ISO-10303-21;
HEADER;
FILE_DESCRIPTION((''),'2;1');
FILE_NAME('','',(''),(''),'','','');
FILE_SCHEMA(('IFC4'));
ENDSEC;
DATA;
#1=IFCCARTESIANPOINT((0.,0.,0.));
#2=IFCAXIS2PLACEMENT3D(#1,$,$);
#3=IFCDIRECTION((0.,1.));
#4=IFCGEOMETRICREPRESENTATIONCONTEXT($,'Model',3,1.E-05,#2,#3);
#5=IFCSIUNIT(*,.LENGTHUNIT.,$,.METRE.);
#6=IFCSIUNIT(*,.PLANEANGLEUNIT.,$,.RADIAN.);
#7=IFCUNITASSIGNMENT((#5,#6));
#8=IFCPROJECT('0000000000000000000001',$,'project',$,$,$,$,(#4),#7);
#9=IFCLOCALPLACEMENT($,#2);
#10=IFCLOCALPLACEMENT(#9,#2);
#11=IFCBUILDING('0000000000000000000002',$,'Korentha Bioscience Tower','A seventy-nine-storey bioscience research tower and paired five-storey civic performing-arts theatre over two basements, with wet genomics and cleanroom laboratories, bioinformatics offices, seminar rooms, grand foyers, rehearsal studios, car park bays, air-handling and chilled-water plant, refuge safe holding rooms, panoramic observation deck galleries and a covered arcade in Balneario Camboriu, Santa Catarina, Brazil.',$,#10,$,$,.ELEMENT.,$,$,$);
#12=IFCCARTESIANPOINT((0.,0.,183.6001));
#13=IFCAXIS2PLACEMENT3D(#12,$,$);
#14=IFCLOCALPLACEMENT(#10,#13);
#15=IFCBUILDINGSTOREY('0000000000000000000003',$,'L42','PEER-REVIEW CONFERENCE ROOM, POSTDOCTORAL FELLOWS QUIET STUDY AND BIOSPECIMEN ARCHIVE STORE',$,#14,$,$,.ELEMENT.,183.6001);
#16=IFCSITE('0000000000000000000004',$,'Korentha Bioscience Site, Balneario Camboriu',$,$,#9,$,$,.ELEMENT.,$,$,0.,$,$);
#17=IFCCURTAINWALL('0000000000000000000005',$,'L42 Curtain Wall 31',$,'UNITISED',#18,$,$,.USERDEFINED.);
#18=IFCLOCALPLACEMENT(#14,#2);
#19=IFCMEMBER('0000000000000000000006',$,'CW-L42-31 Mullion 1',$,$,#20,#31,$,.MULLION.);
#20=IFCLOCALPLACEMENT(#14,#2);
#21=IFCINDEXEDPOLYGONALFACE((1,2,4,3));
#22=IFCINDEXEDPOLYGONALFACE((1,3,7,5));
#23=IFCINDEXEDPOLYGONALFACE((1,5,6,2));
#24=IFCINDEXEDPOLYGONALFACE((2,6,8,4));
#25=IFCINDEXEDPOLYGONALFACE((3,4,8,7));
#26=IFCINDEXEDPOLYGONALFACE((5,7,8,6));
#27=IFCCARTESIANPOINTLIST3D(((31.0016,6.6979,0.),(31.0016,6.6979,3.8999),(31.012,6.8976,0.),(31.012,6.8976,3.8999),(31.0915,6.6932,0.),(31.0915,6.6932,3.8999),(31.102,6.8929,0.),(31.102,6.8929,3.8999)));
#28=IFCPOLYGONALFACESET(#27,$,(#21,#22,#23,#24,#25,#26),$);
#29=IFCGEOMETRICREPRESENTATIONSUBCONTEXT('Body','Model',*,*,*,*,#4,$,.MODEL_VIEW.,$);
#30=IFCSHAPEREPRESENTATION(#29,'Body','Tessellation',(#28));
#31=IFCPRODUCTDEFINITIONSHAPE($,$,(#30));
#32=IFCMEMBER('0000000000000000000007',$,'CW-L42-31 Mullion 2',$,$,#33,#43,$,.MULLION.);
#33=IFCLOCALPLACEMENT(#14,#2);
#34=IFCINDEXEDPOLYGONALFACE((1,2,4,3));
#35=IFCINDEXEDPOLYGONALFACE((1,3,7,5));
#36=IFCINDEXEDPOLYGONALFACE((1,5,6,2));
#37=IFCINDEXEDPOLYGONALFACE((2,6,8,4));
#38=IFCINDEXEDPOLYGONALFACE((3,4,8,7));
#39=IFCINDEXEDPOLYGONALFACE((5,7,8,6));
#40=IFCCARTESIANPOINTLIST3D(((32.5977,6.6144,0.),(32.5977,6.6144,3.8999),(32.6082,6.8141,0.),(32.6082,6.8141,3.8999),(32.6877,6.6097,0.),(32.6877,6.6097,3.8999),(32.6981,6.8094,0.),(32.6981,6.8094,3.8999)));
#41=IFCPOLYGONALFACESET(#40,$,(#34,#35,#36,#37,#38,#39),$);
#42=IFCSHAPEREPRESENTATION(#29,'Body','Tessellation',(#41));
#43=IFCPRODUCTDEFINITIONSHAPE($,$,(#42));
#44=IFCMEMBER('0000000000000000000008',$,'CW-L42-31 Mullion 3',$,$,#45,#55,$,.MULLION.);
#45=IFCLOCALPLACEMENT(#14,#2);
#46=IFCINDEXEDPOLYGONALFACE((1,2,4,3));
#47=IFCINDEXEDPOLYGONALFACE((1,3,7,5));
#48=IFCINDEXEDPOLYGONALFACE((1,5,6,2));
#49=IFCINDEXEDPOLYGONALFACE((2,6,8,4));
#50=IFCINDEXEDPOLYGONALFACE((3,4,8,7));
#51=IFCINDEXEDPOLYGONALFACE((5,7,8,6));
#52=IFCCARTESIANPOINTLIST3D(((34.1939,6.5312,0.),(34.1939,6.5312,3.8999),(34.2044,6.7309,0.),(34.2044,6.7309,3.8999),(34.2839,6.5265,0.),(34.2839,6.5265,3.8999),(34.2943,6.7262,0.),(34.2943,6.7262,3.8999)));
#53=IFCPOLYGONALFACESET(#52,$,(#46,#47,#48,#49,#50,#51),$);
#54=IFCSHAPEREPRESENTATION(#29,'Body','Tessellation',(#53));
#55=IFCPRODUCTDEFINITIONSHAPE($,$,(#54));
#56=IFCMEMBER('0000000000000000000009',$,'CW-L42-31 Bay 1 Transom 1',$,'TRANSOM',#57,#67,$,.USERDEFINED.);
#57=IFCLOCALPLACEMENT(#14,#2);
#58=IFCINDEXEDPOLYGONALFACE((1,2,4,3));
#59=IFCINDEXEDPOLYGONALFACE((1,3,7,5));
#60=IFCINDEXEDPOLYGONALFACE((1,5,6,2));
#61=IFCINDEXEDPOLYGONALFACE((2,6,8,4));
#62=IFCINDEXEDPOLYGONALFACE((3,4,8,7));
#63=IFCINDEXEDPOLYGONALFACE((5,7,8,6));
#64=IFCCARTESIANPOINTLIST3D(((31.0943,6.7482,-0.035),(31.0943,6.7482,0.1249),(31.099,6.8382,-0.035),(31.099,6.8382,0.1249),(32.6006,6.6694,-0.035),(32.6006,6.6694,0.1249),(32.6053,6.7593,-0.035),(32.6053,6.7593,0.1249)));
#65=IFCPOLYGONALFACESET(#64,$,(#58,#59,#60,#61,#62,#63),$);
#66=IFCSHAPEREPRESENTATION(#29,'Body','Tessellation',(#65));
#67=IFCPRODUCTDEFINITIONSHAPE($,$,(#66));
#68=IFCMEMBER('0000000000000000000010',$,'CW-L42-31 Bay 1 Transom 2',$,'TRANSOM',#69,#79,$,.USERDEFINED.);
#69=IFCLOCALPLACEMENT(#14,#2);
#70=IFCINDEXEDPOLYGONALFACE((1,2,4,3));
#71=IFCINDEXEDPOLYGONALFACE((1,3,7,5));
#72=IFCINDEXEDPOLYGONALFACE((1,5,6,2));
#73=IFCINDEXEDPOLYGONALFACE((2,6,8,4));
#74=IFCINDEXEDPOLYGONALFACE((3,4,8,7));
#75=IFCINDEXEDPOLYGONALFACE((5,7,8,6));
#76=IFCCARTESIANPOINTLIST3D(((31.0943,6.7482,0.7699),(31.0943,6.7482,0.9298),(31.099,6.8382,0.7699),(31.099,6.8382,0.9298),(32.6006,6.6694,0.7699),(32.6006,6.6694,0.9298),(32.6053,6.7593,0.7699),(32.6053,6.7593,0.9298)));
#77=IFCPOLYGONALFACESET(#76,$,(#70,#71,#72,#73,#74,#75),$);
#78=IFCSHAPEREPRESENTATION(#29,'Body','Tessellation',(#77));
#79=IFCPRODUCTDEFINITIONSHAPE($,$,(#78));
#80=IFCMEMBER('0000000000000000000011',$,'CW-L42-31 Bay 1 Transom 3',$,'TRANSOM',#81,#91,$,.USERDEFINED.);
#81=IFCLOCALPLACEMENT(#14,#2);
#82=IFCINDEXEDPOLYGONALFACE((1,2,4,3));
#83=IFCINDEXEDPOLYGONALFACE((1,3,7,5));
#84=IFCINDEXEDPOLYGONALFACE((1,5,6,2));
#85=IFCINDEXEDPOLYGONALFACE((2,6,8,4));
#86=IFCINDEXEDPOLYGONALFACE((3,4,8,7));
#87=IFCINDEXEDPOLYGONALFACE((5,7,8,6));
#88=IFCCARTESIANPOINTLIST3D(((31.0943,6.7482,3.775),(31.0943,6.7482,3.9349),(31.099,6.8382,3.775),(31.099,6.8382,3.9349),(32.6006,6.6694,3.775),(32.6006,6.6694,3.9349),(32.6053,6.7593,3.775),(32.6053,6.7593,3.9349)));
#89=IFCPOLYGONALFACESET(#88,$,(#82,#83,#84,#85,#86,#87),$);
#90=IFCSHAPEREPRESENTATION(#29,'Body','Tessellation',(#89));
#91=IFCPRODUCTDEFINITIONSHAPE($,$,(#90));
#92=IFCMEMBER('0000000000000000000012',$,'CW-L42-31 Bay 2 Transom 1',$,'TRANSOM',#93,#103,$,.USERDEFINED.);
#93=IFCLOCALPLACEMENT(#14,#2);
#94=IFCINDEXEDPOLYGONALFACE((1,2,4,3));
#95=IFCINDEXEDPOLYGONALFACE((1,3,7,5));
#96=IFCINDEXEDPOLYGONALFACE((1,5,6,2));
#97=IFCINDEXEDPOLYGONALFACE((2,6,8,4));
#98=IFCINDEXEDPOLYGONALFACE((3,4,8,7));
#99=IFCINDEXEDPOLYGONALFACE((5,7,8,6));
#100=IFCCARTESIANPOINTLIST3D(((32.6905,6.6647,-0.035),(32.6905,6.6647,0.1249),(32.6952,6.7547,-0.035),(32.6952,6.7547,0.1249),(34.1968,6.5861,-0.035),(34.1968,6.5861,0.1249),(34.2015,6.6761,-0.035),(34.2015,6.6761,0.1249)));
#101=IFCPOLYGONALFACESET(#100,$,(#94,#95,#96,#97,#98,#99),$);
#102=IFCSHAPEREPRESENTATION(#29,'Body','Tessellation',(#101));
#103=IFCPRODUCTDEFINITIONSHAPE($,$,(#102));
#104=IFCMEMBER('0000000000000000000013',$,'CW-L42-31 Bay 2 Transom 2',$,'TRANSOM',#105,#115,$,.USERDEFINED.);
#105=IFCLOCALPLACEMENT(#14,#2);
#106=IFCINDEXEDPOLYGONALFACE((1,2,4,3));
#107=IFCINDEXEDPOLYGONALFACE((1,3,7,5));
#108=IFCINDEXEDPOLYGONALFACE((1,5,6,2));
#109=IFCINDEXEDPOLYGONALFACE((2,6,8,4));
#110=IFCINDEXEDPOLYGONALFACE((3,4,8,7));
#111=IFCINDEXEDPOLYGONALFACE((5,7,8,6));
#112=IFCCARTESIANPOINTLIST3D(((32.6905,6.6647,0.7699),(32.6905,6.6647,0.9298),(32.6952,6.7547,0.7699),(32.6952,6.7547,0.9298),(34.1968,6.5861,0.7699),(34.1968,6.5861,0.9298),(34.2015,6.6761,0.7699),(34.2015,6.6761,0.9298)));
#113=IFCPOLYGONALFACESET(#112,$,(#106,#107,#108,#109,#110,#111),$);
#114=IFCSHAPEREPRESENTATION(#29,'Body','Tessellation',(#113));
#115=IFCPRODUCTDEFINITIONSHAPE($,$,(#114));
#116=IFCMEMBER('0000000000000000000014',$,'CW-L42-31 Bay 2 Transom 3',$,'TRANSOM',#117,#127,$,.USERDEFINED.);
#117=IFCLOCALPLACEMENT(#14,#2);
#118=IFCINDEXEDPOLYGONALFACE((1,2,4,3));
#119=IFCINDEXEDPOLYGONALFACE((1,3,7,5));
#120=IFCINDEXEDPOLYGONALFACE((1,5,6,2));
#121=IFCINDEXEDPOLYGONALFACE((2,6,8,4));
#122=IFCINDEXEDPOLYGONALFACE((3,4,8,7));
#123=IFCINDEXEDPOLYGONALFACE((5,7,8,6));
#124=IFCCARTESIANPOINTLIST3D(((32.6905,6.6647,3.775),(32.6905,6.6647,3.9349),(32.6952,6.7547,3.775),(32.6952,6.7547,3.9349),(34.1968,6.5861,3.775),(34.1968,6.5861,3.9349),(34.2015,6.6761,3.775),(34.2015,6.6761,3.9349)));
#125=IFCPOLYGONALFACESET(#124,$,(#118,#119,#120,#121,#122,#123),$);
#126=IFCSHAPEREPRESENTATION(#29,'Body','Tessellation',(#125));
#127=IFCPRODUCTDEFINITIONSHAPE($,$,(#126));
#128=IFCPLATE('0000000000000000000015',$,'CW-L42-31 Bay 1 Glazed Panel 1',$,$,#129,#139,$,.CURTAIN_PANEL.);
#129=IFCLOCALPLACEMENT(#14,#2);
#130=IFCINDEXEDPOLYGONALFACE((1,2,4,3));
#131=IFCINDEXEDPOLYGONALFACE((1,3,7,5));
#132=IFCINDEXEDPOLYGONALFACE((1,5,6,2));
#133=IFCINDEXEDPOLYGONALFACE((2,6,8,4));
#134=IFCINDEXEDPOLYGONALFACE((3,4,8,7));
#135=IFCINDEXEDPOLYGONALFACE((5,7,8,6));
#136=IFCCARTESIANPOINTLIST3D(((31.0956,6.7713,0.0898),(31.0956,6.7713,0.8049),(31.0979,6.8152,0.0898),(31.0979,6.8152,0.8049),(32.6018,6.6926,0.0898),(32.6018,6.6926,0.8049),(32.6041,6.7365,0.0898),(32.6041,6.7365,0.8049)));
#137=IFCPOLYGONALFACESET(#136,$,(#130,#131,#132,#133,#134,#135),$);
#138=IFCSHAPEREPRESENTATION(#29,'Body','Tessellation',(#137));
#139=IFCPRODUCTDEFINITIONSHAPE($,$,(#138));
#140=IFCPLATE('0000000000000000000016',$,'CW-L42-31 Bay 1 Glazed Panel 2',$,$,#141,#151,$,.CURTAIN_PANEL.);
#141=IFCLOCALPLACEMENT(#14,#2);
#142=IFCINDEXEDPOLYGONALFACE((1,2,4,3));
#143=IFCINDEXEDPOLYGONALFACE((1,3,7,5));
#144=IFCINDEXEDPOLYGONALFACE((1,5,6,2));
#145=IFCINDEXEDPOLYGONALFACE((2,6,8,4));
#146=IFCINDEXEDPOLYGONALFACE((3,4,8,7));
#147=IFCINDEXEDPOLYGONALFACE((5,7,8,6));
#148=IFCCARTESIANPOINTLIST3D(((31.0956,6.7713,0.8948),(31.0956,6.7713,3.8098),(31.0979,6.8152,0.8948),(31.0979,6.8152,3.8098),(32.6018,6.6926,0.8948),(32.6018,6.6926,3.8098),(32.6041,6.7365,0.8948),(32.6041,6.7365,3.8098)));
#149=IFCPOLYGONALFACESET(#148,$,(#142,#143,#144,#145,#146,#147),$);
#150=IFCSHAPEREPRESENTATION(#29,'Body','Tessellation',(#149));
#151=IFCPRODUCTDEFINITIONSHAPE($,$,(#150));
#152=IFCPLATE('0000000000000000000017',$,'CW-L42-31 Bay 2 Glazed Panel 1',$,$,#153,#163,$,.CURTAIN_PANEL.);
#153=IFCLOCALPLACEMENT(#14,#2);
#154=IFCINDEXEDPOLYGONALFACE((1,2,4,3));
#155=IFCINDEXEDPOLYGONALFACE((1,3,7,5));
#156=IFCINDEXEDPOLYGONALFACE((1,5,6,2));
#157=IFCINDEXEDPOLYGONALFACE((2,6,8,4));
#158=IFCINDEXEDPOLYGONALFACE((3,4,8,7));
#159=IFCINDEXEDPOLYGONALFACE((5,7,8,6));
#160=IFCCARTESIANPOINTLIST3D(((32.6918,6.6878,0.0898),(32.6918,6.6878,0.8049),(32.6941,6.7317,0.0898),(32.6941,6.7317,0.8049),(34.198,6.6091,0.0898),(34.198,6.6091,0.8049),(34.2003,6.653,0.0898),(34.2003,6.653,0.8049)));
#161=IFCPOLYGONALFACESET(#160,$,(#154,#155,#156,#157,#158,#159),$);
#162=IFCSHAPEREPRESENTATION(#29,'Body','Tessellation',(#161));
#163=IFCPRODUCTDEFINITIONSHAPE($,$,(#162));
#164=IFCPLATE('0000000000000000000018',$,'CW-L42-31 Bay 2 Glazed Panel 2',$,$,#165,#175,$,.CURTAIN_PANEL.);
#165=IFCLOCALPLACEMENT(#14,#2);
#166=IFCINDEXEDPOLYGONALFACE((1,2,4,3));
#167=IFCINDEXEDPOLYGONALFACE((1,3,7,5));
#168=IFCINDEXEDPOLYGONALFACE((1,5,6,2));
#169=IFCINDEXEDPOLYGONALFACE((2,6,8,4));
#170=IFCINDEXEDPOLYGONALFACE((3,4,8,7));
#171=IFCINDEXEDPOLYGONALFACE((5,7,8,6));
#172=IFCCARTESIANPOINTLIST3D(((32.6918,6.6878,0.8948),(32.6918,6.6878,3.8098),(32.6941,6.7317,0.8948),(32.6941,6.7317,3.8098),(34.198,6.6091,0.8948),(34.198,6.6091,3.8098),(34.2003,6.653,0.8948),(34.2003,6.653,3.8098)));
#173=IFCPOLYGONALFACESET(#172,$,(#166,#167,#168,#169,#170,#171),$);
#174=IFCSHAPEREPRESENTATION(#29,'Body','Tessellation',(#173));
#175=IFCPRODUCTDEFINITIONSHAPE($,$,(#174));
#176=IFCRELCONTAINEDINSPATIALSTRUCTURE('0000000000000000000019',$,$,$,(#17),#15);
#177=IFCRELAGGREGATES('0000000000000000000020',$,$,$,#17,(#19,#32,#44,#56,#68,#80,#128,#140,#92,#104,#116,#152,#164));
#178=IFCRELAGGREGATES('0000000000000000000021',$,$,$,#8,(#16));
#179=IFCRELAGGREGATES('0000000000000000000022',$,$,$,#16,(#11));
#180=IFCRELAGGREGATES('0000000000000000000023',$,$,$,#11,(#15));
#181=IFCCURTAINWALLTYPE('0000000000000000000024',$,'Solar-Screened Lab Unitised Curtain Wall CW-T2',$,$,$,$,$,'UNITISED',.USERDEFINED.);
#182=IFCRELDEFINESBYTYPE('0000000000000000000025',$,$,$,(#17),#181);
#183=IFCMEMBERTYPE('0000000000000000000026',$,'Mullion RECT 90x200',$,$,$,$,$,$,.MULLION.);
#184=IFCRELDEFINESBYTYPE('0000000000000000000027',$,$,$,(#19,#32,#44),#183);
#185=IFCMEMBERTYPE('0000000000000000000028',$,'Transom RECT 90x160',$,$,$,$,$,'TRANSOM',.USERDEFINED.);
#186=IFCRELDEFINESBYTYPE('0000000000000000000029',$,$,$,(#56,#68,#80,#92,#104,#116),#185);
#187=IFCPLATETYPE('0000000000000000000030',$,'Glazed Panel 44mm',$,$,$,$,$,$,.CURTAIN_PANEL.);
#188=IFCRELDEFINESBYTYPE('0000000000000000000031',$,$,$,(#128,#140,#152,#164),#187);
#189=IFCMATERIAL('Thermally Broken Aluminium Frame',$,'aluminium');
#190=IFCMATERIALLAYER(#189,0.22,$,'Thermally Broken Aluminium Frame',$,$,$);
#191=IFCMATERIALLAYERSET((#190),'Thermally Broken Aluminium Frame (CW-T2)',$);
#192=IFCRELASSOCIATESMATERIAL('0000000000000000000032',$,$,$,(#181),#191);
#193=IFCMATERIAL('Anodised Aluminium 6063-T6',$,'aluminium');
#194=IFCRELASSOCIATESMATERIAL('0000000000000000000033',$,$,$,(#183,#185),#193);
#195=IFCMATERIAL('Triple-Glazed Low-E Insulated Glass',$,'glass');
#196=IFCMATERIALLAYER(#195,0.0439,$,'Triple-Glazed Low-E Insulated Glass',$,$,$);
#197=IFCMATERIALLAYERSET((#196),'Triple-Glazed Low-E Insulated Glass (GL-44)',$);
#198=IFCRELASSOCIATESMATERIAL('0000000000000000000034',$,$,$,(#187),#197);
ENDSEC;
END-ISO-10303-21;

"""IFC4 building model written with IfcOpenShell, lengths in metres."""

from ifc_helpers import new_model, si_unit, direction, frame, origin, origin_2d, place, context, subcontext, project, spatial, rectangle, extrude, material, layer, layer_set, material_profile, profile_set, type_object, element, aggregate, save


model = new_model("IFC4")

# Units and contexts
model_context = context("Model", 3, precision=1e-05, world=origin(), true_north=direction((0.0, 1.0)))
body_context = subcontext(model_context, "Body", "Model", "MODEL_VIEW")
ifc_project = project(units=[si_unit("LENGTHUNIT", "METRE"), si_unit("PLANEANGLEUNIT", "RADIAN")], contexts=[model_context])

# Site, building, storey
site_placement = place(None, origin())
site = spatial("IfcSite", under=ifc_project, at=site_placement, Name="Korentha Bioscience Site, Balneario Camboriu", CompositionType="ELEMENT", RefElevation=0.0)
building_placement = place(site_placement, origin())
building = spatial("IfcBuilding", under=site, at=building_placement, Name="Korentha Bioscience Tower", Description="A seventy-nine-storey bioscience research tower and paired five-storey civic performing-arts theatre over two basements, with wet genomics and cleanroom laboratories, bioinformatics offices, seminar rooms, grand foyers, rehearsal studios, car park bays, air-handling and chilled-water plant, refuge safe holding rooms, panoramic observation deck galleries and a covered arcade in Balneario Camboriu, Santa Catarina, Brazil.", CompositionType="ELEMENT")
storey_placement = place(building_placement, frame((0.0, 0.0, 183.6001)))
storey = spatial("IfcBuildingStorey", under=building, at=storey_placement, Name="L42", Description="PEER-REVIEW CONFERENCE ROOM, POSTDOCTORAL FELLOWS QUIET STUDY AND BIOSPECIMEN ARCHIVE STORE", CompositionType="ELEMENT", Elevation=183.6001)

# Curtain wall, members, plates
ifc_material_1 = material(Name="Thermally Broken Aluminium Frame", Category="aluminium")
ifc_layer_1 = layer(ifc_material_1, 0.22, Name="Thermally Broken Aluminium Frame")
ifc_layer_set_1 = layer_set([ifc_layer_1], Name="Thermally Broken Aluminium Frame (CW-T2)")
curtain_wall_type = type_object("IfcCurtainWallType", Name="Solar-Screened Lab Unitised Curtain Wall CW-T2", ElementType="UNITISED", PredefinedType="USERDEFINED", material=ifc_layer_set_1)
curtain_wall_placement = place(storey_placement, origin())
curtain_wall = element("IfcCurtainWall", 1, at=curtain_wall_placement, inside=storey, type_object=curtain_wall_type, Name="L42 Curtain Wall 31", ObjectType="UNITISED", PredefinedType="USERDEFINED")
ifc_material_2 = material(Name="Anodised Aluminium 6063-T6", Category="aluminium")
ifc_material_profile_1 = material_profile(ifc_material_2, rectangle(XDim=0.0901, YDim=0.2, at=origin_2d()), Name="Anodised Aluminium 6063-T6")
ifc_profile_set_1 = profile_set([ifc_material_profile_1], Name="Anodised Aluminium 6063-T6 (CW-MUL)")
member_type_1 = type_object("IfcMemberType", Name="Mullion RECT 90x200", PredefinedType="MULLION", material=ifc_profile_set_1)
member_1_placement = place(storey_placement, frame((31.0518, 6.7954, 0.0), z_axis=(0.0, 0.0, 1.0), x_axis=(0.998638, -0.05218, 0.0)))
member_1 = element("IfcMember", 2, at=member_1_placement, type_object=member_type_1, Name="CW-L42-31 Mullion 1", PredefinedType="MULLION", context=body_context, shape_type="SweptSolid", body=[
    extrude(rectangle(XDim=0.0901, YDim=0.2, at=origin_2d()), origin(), (0.0, 0.0, 1.0), 3.8999),
])
member_2_placement = place(storey_placement, frame((32.6479, 6.7119, 0.0), z_axis=(0.0, 0.0, 1.0), x_axis=(0.998638, -0.05218, 0.0)))
member_2 = element("IfcMember", 3, at=member_2_placement, type_object=member_type_1, Name="CW-L42-31 Mullion 2", PredefinedType="MULLION", context=body_context, shape_type="SweptSolid", body=[
    extrude(rectangle(XDim=0.0901, YDim=0.2, at=origin_2d()), origin(), (0.0, 0.0, 1.0), 3.8999),
])
member_3_placement = place(storey_placement, frame((34.2441, 6.6287, 0.0), z_axis=(0.0, 0.0, 1.0), x_axis=(0.998638, -0.05218, 0.0)))
member_3 = element("IfcMember", 4, at=member_3_placement, type_object=member_type_1, Name="CW-L42-31 Mullion 3", PredefinedType="MULLION", context=body_context, shape_type="SweptSolid", body=[
    extrude(rectangle(XDim=0.0901, YDim=0.2, at=origin_2d()), origin(), (0.0, 0.0, 1.0), 3.8999),
])
ifc_material_profile_2 = material_profile(ifc_material_2, rectangle(XDim=0.0901, YDim=0.1599, at=origin_2d()), Name="Anodised Aluminium 6063-T6")
ifc_profile_set_2 = profile_set([ifc_material_profile_2], Name="Anodised Aluminium 6063-T6 (CW-TRN)")
member_type_2 = type_object("IfcMemberType", Name="Transom RECT 90x160", ElementType="TRANSOM", PredefinedType="USERDEFINED", material=ifc_profile_set_2)
member_4_placement = place(storey_placement, frame((31.0967, 6.7932, 0.0449), z_axis=(0.998633, -0.052278, 0.0), x_axis=(0.052278, 0.998633, 0.0)))
member_4 = element("IfcMember", 5, at=member_4_placement, type_object=member_type_2, Name="CW-L42-31 Bay 1 Transom 1", ObjectType="TRANSOM", PredefinedType="USERDEFINED", context=body_context, shape_type="SweptSolid", body=[
    extrude(rectangle(XDim=0.0901, YDim=0.1599, at=origin_2d()), origin(), (0.0, 0.0, 1.0), 1.5083),
])
member_5_placement = place(storey_placement, frame((31.0967, 6.7932, 0.8499), z_axis=(0.998633, -0.052278, 0.0), x_axis=(0.052278, 0.998633, 0.0)))
member_5 = element("IfcMember", 6, at=member_5_placement, type_object=member_type_2, Name="CW-L42-31 Bay 1 Transom 2", ObjectType="TRANSOM", PredefinedType="USERDEFINED", context=body_context, shape_type="SweptSolid", body=[
    extrude(rectangle(XDim=0.0901, YDim=0.1599, at=origin_2d()), origin(), (0.0, 0.0, 1.0), 1.5083),
])
member_6_placement = place(storey_placement, frame((31.0967, 6.7932, 3.855), z_axis=(0.998633, -0.052278, 0.0), x_axis=(0.052278, 0.998633, 0.0)))
member_6 = element("IfcMember", 7, at=member_6_placement, type_object=member_type_2, Name="CW-L42-31 Bay 1 Transom 3", ObjectType="TRANSOM", PredefinedType="USERDEFINED", context=body_context, shape_type="SweptSolid", body=[
    extrude(rectangle(XDim=0.0901, YDim=0.1599, at=origin_2d()), origin(), (0.0, 0.0, 1.0), 1.5083),
])
member_7_placement = place(storey_placement, frame((32.6929, 6.7097, 0.0449), z_axis=(0.998641, -0.052117, 0.0), x_axis=(0.052117, 0.998641, 0.0)))
member_7 = element("IfcMember", 8, at=member_7_placement, type_object=member_type_2, Name="CW-L42-31 Bay 2 Transom 1", ObjectType="TRANSOM", PredefinedType="USERDEFINED", context=body_context, shape_type="SweptSolid", body=[
    extrude(rectangle(XDim=0.0901, YDim=0.1599, at=origin_2d()), origin(), (0.0, 0.0, 1.0), 1.5083),
])
member_8_placement = place(storey_placement, frame((32.6929, 6.7097, 0.8499), z_axis=(0.998641, -0.052117, 0.0), x_axis=(0.052117, 0.998641, 0.0)))
member_8 = element("IfcMember", 9, at=member_8_placement, type_object=member_type_2, Name="CW-L42-31 Bay 2 Transom 2", ObjectType="TRANSOM", PredefinedType="USERDEFINED", context=body_context, shape_type="SweptSolid", body=[
    extrude(rectangle(XDim=0.0901, YDim=0.1599, at=origin_2d()), origin(), (0.0, 0.0, 1.0), 1.5083),
])
member_9_placement = place(storey_placement, frame((32.6929, 6.7097, 3.855), z_axis=(0.998641, -0.052117, 0.0), x_axis=(0.052117, 0.998641, 0.0)))
member_9 = element("IfcMember", 10, at=member_9_placement, type_object=member_type_2, Name="CW-L42-31 Bay 2 Transom 3", ObjectType="TRANSOM", PredefinedType="USERDEFINED", context=body_context, shape_type="SweptSolid", body=[
    extrude(rectangle(XDim=0.0901, YDim=0.1599, at=origin_2d()), origin(), (0.0, 0.0, 1.0), 1.5083),
])
ifc_material_3 = material(Name="Triple-Glazed Low-E Insulated Glass", Category="glass")
ifc_layer_2 = layer(ifc_material_3, 0.0439, Name="Triple-Glazed Low-E Insulated Glass")
ifc_layer_set_2 = layer_set([ifc_layer_2], Name="Triple-Glazed Low-E Insulated Glass (GL-44)")
plate_type = type_object("IfcPlateType", Name="Glazed Panel 44mm", PredefinedType="CURTAIN_PANEL", material=ifc_layer_set_2)
plate_1_placement = place(storey_placement, frame((31.8499, 6.7539, 0.0898), z_axis=(0.0, 0.0, 1.0), x_axis=(0.998638, -0.05218, 0.0)))
plate_1 = element("IfcPlate", 11, at=plate_1_placement, type_object=plate_type, Name="CW-L42-31 Bay 1 Glazed Panel 1", PredefinedType="CURTAIN_PANEL", context=body_context, shape_type="SweptSolid", body=[
    extrude(rectangle(XDim=1.5083, YDim=0.0439, at=origin_2d()), origin(), (0.0, 0.0, 1.0), 0.7151),
])
plate_2_placement = place(storey_placement, frame((31.8499, 6.7539, 0.8948), z_axis=(0.0, 0.0, 1.0), x_axis=(0.998638, -0.05218, 0.0)))
plate_2 = element("IfcPlate", 12, at=plate_2_placement, type_object=plate_type, Name="CW-L42-31 Bay 1 Glazed Panel 2", PredefinedType="CURTAIN_PANEL", context=body_context, shape_type="SweptSolid", body=[
    extrude(rectangle(XDim=1.5083, YDim=0.0439, at=origin_2d()), origin(), (0.0, 0.0, 1.0), 2.915),
])
plate_3_placement = place(storey_placement, frame((33.446, 6.6704, 0.0898), z_axis=(0.0, 0.0, 1.0), x_axis=(0.998638, -0.05218, 0.0)))
plate_3 = element("IfcPlate", 13, at=plate_3_placement, type_object=plate_type, Name="CW-L42-31 Bay 2 Glazed Panel 1", PredefinedType="CURTAIN_PANEL", context=body_context, shape_type="SweptSolid", body=[
    extrude(rectangle(XDim=1.5083, YDim=0.0439, at=origin_2d()), origin(), (0.0, 0.0, 1.0), 0.7151),
])
plate_4_placement = place(storey_placement, frame((33.446, 6.6704, 0.8948), z_axis=(0.0, 0.0, 1.0), x_axis=(0.998638, -0.05218, 0.0)))
plate_4 = element("IfcPlate", 14, at=plate_4_placement, type_object=plate_type, Name="CW-L42-31 Bay 2 Glazed Panel 2", PredefinedType="CURTAIN_PANEL", context=body_context, shape_type="SweptSolid", body=[
    extrude(rectangle(XDim=1.5083, YDim=0.0439, at=origin_2d()), origin(), (0.0, 0.0, 1.0), 2.915),
])
aggregate(curtain_wall, [member_1, member_2, member_3, member_4, member_5, member_6, plate_1, plate_2, member_7, member_8, member_9, plate_3, plate_4])

save(model, "model.ifc")
